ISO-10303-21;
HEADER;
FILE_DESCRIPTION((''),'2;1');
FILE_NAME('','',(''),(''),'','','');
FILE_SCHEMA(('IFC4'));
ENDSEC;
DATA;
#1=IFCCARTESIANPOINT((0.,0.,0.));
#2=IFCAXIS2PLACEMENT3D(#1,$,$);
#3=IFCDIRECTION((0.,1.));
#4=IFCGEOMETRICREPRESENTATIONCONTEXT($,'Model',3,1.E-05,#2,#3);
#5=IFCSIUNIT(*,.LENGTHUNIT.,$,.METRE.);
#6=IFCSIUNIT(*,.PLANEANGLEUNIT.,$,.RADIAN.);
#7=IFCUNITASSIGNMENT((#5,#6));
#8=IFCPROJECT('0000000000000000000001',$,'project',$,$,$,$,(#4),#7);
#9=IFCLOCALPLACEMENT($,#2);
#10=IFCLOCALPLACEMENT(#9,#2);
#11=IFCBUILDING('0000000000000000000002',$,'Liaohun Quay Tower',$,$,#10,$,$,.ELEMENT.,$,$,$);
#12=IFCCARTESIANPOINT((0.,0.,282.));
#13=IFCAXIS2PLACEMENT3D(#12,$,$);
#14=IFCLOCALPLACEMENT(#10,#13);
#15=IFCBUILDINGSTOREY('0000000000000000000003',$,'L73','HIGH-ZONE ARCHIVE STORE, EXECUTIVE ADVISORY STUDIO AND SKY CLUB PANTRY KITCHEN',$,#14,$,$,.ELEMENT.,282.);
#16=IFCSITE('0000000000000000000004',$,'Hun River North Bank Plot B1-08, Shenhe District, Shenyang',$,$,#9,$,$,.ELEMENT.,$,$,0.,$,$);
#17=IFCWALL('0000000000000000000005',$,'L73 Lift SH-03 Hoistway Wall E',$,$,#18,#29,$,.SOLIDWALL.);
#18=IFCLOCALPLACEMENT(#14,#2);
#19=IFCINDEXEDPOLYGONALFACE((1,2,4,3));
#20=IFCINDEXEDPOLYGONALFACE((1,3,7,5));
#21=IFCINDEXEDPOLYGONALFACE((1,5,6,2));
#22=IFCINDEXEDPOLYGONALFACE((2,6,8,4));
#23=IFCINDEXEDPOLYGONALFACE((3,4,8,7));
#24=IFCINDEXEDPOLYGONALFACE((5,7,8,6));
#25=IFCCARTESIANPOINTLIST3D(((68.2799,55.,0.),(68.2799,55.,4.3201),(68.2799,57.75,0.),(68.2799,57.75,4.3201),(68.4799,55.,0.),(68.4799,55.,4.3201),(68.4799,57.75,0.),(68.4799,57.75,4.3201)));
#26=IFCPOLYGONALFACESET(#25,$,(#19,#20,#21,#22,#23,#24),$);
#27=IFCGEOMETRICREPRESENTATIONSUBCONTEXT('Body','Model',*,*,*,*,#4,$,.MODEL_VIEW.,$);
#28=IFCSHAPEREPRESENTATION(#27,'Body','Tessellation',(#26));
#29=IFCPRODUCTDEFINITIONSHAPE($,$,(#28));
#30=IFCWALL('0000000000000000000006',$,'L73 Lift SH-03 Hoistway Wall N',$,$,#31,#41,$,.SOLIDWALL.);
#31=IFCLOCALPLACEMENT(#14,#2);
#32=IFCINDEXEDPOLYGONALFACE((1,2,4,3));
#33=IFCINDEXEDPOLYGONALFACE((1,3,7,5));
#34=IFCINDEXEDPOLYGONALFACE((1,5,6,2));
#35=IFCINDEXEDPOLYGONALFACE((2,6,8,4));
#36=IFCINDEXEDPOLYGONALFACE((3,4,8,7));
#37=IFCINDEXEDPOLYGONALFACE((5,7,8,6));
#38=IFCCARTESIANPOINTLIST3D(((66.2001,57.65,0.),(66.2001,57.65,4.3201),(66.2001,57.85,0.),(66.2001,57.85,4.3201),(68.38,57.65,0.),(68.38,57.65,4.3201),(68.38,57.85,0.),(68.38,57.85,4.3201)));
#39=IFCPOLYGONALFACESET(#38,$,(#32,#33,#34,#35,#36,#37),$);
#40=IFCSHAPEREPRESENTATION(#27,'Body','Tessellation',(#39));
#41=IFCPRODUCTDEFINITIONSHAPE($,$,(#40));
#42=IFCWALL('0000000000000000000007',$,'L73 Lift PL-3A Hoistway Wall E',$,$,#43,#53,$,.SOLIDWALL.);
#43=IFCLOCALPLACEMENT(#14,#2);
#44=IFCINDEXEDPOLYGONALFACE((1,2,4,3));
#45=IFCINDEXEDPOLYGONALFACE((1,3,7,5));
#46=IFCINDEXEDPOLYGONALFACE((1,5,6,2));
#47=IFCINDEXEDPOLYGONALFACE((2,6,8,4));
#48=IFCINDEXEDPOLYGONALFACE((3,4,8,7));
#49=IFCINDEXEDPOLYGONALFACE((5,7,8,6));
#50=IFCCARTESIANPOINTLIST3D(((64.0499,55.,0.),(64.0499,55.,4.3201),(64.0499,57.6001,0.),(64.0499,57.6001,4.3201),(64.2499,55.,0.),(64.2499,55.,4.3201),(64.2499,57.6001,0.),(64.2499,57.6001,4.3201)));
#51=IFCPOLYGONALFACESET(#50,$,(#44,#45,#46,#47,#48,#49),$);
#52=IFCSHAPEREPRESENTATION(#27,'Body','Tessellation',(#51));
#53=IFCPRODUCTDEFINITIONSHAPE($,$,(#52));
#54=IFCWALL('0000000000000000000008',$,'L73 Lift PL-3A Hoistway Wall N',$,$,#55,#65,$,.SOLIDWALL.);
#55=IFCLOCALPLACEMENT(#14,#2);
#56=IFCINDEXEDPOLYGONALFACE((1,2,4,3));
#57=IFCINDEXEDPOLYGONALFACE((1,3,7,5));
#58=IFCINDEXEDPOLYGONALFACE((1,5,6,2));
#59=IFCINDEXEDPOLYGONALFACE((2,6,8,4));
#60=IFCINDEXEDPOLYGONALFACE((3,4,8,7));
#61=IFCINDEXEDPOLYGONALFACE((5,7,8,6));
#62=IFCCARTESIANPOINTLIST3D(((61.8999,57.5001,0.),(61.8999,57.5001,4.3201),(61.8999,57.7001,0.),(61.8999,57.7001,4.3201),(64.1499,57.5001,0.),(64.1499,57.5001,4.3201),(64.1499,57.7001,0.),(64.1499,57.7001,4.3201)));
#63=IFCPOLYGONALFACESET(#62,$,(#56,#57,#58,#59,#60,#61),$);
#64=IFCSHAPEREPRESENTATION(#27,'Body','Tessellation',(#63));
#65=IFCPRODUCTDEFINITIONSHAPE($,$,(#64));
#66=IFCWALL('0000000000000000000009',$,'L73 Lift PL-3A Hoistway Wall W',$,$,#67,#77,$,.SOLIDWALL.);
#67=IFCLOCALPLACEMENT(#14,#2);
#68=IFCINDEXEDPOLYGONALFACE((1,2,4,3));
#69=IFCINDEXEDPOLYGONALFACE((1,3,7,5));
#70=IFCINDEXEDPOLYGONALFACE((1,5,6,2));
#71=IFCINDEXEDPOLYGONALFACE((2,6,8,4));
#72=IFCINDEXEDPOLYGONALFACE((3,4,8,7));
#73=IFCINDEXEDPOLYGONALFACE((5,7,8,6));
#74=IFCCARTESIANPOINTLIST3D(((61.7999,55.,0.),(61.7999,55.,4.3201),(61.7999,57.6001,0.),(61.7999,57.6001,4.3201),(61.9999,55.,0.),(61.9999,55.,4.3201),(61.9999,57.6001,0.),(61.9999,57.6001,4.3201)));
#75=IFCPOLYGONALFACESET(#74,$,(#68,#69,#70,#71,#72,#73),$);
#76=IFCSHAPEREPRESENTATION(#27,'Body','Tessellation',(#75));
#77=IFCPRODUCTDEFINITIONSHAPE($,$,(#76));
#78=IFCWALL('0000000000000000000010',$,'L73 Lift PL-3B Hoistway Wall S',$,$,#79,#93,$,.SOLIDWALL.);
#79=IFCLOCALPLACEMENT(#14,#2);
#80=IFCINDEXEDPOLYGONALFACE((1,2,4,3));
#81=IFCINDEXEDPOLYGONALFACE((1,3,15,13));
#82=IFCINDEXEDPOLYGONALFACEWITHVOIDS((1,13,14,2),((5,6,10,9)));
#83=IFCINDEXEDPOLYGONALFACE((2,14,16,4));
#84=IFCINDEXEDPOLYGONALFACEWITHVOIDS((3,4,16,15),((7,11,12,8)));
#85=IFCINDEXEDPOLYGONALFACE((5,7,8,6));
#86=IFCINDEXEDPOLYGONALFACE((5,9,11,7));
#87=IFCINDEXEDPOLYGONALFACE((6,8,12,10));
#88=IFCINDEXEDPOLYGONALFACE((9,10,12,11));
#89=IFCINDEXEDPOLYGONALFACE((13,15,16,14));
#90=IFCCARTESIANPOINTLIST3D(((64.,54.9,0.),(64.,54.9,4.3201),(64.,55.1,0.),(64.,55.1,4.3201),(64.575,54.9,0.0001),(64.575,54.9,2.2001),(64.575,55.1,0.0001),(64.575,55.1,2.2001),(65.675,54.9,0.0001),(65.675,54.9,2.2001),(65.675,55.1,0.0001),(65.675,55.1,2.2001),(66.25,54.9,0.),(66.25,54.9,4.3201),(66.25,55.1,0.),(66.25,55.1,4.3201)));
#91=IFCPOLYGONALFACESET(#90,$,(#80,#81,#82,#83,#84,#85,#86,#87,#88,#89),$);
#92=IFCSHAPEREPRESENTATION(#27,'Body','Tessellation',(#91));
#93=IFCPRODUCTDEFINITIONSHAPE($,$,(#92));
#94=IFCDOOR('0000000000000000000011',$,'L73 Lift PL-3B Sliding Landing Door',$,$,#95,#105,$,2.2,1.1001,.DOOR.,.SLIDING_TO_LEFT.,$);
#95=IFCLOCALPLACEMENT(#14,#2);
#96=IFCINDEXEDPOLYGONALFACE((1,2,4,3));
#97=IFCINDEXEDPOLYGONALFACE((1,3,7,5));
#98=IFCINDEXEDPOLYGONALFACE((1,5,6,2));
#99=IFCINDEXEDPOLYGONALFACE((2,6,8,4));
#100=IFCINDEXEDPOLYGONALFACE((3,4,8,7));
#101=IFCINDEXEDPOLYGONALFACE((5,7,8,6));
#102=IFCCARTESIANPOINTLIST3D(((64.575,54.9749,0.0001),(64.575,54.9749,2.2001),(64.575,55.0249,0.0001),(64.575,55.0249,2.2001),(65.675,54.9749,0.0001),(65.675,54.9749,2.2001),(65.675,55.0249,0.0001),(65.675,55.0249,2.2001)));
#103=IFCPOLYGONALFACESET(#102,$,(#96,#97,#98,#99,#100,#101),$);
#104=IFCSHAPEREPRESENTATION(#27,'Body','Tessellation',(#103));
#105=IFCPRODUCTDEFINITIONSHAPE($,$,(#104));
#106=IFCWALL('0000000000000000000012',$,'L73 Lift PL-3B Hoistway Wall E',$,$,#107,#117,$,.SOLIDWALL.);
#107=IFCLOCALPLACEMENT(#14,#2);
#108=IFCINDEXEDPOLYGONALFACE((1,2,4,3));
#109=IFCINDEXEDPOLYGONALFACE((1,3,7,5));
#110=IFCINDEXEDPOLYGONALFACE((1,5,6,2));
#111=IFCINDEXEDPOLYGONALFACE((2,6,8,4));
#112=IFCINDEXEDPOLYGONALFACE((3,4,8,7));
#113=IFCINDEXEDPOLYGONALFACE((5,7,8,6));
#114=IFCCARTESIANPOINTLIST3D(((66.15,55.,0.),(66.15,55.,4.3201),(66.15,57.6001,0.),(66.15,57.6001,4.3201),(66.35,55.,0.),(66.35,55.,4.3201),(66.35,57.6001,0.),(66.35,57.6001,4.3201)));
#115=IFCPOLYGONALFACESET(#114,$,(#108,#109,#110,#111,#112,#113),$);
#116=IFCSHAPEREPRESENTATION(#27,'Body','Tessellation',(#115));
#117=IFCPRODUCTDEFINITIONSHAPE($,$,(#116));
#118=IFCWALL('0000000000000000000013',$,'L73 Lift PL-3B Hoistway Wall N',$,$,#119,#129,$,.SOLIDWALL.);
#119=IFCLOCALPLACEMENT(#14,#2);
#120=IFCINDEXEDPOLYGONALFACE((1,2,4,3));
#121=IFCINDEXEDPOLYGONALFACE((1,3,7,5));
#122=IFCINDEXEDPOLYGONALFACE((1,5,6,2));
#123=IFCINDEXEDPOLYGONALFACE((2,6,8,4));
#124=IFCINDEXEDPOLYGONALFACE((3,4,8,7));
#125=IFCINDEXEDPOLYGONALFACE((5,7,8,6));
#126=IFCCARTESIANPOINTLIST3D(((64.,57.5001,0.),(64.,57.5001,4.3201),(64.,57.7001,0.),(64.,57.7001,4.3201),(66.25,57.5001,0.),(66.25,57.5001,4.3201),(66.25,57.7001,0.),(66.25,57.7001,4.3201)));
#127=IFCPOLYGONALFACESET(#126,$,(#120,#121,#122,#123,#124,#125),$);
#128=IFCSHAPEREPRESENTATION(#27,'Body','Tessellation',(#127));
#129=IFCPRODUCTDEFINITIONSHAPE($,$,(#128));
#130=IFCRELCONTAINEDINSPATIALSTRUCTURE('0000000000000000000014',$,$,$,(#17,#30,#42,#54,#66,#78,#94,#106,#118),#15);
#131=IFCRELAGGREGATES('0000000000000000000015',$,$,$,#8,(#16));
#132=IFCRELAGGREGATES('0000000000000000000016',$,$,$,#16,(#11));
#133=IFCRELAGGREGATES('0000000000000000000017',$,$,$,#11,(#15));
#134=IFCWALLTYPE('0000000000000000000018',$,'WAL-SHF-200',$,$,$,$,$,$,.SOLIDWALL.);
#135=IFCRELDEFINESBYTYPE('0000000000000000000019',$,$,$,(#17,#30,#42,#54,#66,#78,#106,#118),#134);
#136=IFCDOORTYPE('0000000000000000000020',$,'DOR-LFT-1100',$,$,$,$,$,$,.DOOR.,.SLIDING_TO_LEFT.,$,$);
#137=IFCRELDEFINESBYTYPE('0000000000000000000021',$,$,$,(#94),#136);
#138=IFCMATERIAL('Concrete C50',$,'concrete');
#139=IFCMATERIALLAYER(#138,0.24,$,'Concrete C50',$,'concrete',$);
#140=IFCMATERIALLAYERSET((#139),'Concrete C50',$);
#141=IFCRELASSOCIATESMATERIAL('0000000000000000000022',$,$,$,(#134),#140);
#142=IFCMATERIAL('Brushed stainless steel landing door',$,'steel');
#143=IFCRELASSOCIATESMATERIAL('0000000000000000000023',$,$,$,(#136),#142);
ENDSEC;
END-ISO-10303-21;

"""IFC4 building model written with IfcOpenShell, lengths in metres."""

from ifc_helpers import new_model, si_unit, direction, frame, frame_2d, origin, place, context, subcontext, project, spatial, rectangle, extrude, source, transform, mapped, material, layer, layer_set, type_object, element, fill, save


model = new_model("IFC4")

# Units and contexts
model_context = context("Model", 3, precision=1e-05, world=origin(), true_north=direction((0.0, 1.0)))
body_context = subcontext(model_context, "Body", "Model", "MODEL_VIEW")
ifc_project = project(units=[si_unit("LENGTHUNIT", "METRE"), si_unit("PLANEANGLEUNIT", "RADIAN")], contexts=[model_context])

# Site, building, storey
site_placement = place(None, origin())
site = spatial("IfcSite", under=ifc_project, at=site_placement, Name="Hun River North Bank Plot B1-08, Shenhe District, Shenyang", CompositionType="ELEMENT", RefElevation=0.0)
building_placement = place(site_placement, origin())
building = spatial("IfcBuilding", under=site, at=building_placement, Name="Liaohun Quay Tower", CompositionType="ELEMENT")
storey_placement = place(building_placement, frame((0.0, 0.0, 282.0)))
storey = spatial("IfcBuildingStorey", under=building, at=storey_placement, Name="L73", Description="HIGH-ZONE ARCHIVE STORE, EXECUTIVE ADVISORY STUDIO AND SKY CLUB PANTRY KITCHEN", CompositionType="ELEMENT", Elevation=282.0)

# Shared definitions
ifc_material_1 = material(Name="Concrete C50", Category="concrete")

# Shared definitions
ifc_layer_1 = layer(ifc_material_1, 0.24, Name="Concrete C50", Category="concrete")
ifc_layer_set_1 = layer_set([ifc_layer_1], Name="Concrete C50")
wall_type_1 = type_object("IfcWallType", Name="WAL-SHF-200", PredefinedType="SOLIDWALL", material=ifc_layer_set_1)

# Shared definitions
shared_shape_1 = source(origin(), body_context, "Body", "SweptSolid", [
    extrude(rectangle(XDim=1.1001, YDim=2.2, at=frame_2d((0.55, 1.1001))), frame((0.0, 0.1099, 0.0), z_axis=(0.0, -1.0, 0.0), x_axis=(1.0, 0.0, 0.0)), (0.0, 0.0, 1.0), 0.22),
])
ifc_material_2 = material(Name="Brushed stainless steel landing door", Category="steel")
door_type_1 = type_object("IfcDoorType", Name="DOR-LFT-1100", OperationType="SLIDING_TO_LEFT", PredefinedType="DOOR", material=ifc_material_2)
shared_shape_2 = source(origin(), body_context, "Body", "SweptSolid", [
    extrude(rectangle(XDim=1.1001, YDim=2.2, at=frame_2d((0.55, 1.1001))), frame((0.0, 0.0249, 0.0), z_axis=(0.0, -1.0, 0.0), x_axis=(1.0, 0.0, 0.0)), (0.0, 0.0, 1.0), 0.05),
])

# Walls
wall_1_placement = place(storey_placement, frame((68.3799, 55.0, 0.0), z_axis=(0.0, 0.0, 1.0), x_axis=(0.0, 1.0, 0.0)))
element("IfcWall", 1, at=wall_1_placement, inside=storey, type_object=wall_type_1, Name="L73 Lift SH-03 Hoistway Wall E", PredefinedType="SOLIDWALL", context=body_context, shape_type="SweptSolid", body=[
    extrude(rectangle(XDim=2.75, YDim=0.2, at=frame_2d((1.375, 0.0))), origin(), (0.0, 0.0, 1.0), 4.3201),
])
wall_2_placement = place(storey_placement, frame((68.3799, 57.75, 0.0), z_axis=(0.0, 0.0, 1.0), x_axis=(-1.0, 0.0, 0.0)))
element("IfcWall", 2, at=wall_2_placement, inside=storey, type_object=wall_type_1, Name="L73 Lift SH-03 Hoistway Wall N", PredefinedType="SOLIDWALL", context=body_context, shape_type="SweptSolid", body=[
    extrude(rectangle(XDim=2.1799, YDim=0.2, at=frame_2d((1.0898, 0.0))), origin(), (0.0, 0.0, 1.0), 4.3201),
])
wall_3_placement = place(storey_placement, frame((64.1499, 55.0, 0.0), z_axis=(0.0, 0.0, 1.0), x_axis=(0.0, 1.0, 0.0)))
element("IfcWall", 3, at=wall_3_placement, inside=storey, type_object=wall_type_1, Name="L73 Lift PL-3A Hoistway Wall E", PredefinedType="SOLIDWALL", context=body_context, shape_type="SweptSolid", body=[
    extrude(rectangle(XDim=2.6001, YDim=0.2, at=frame_2d((1.3, 0.0))), origin(), (0.0, 0.0, 1.0), 4.3201),
])
wall_4_placement = place(storey_placement, frame((64.1499, 57.6001, 0.0), z_axis=(0.0, 0.0, 1.0), x_axis=(-1.0, 0.0, 0.0)))
element("IfcWall", 4, at=wall_4_placement, inside=storey, type_object=wall_type_1, Name="L73 Lift PL-3A Hoistway Wall N", PredefinedType="SOLIDWALL", context=body_context, shape_type="SweptSolid", body=[
    extrude(rectangle(XDim=2.25, YDim=0.2, at=frame_2d((1.125, 0.0))), origin(), (0.0, 0.0, 1.0), 4.3201),
])
wall_5_placement = place(storey_placement, frame((61.8999, 57.6001, 0.0), z_axis=(0.0, 0.0, 1.0), x_axis=(0.0, -1.0, 0.0)))
element("IfcWall", 5, at=wall_5_placement, inside=storey, type_object=wall_type_1, Name="L73 Lift PL-3A Hoistway Wall W", PredefinedType="SOLIDWALL", context=body_context, shape_type="SweptSolid", body=[
    extrude(rectangle(XDim=2.6001, YDim=0.2, at=frame_2d((1.3, 0.0))), origin(), (0.0, 0.0, 1.0), 4.3201),
])

# Wall, opening, door
wall_6_placement = place(storey_placement, frame((64.0, 55.0, 0.0), z_axis=(0.0, 0.0, 1.0), x_axis=(1.0, 0.0, 0.0)))
wall_6 = element("IfcWall", 6, at=wall_6_placement, inside=storey, type_object=wall_type_1, Name="L73 Lift PL-3B Hoistway Wall S", PredefinedType="SOLIDWALL", context=body_context, shape_type="SweptSolid", body=[
    extrude(rectangle(XDim=2.25, YDim=0.2, at=frame_2d((1.125, 0.0))), origin(), (0.0, 0.0, 1.0), 4.3201),
])
opening_1_placement = place(wall_6_placement, frame((0.575, 0.0, 0.0)))
opening_1 = element("IfcOpeningElement", 7, at=opening_1_placement, cuts=wall_6, PredefinedType="OPENING", context=body_context, shape_type="MappedRepresentation", body=[
    mapped(shared_shape_1, transform((0.0, 0.0, 0.0), x_axis=(1.0, 0.0, 0.0), y_axis=(0.0, 1.0, 0.0), z_axis=(0.0, 0.0, 1.0), scale=1.0)),
])
door_1_placement = place(opening_1_placement, origin())
door_1 = element("IfcDoor", 8, at=door_1_placement, inside=storey, type_object=door_type_1, Name="L73 Lift PL-3B Sliding Landing Door", OperationType="SLIDING_TO_LEFT", OverallHeight=2.2, OverallWidth=1.1001, PredefinedType="DOOR", context=body_context, shape_type="MappedRepresentation", body=[
    mapped(shared_shape_2, transform((0.0, 0.0, 0.0), x_axis=(1.0, 0.0, 0.0), y_axis=(0.0, 1.0, 0.0), z_axis=(0.0, 0.0, 1.0), scale=1.0)),
])
fill(opening_1, door_1)

# Walls
wall_7_placement = place(storey_placement, frame((66.25, 55.0, 0.0), z_axis=(0.0, 0.0, 1.0), x_axis=(0.0, 1.0, 0.0)))
element("IfcWall", 9, at=wall_7_placement, inside=storey, type_object=wall_type_1, Name="L73 Lift PL-3B Hoistway Wall E", PredefinedType="SOLIDWALL", context=body_context, shape_type="SweptSolid", body=[
    extrude(rectangle(XDim=2.6001, YDim=0.2, at=frame_2d((1.3, 0.0))), origin(), (0.0, 0.0, 1.0), 4.3201),
])
wall_8_placement = place(storey_placement, frame((66.25, 57.6001, 0.0), z_axis=(0.0, 0.0, 1.0), x_axis=(-1.0, 0.0, 0.0)))
element("IfcWall", 10, at=wall_8_placement, inside=storey, type_object=wall_type_1, Name="L73 Lift PL-3B Hoistway Wall N", PredefinedType="SOLIDWALL", context=body_context, shape_type="SweptSolid", body=[
    extrude(rectangle(XDim=2.25, YDim=0.2, at=frame_2d((1.125, 0.0))), origin(), (0.0, 0.0, 1.0), 4.3201),
])

save(model, "model.ifc")
